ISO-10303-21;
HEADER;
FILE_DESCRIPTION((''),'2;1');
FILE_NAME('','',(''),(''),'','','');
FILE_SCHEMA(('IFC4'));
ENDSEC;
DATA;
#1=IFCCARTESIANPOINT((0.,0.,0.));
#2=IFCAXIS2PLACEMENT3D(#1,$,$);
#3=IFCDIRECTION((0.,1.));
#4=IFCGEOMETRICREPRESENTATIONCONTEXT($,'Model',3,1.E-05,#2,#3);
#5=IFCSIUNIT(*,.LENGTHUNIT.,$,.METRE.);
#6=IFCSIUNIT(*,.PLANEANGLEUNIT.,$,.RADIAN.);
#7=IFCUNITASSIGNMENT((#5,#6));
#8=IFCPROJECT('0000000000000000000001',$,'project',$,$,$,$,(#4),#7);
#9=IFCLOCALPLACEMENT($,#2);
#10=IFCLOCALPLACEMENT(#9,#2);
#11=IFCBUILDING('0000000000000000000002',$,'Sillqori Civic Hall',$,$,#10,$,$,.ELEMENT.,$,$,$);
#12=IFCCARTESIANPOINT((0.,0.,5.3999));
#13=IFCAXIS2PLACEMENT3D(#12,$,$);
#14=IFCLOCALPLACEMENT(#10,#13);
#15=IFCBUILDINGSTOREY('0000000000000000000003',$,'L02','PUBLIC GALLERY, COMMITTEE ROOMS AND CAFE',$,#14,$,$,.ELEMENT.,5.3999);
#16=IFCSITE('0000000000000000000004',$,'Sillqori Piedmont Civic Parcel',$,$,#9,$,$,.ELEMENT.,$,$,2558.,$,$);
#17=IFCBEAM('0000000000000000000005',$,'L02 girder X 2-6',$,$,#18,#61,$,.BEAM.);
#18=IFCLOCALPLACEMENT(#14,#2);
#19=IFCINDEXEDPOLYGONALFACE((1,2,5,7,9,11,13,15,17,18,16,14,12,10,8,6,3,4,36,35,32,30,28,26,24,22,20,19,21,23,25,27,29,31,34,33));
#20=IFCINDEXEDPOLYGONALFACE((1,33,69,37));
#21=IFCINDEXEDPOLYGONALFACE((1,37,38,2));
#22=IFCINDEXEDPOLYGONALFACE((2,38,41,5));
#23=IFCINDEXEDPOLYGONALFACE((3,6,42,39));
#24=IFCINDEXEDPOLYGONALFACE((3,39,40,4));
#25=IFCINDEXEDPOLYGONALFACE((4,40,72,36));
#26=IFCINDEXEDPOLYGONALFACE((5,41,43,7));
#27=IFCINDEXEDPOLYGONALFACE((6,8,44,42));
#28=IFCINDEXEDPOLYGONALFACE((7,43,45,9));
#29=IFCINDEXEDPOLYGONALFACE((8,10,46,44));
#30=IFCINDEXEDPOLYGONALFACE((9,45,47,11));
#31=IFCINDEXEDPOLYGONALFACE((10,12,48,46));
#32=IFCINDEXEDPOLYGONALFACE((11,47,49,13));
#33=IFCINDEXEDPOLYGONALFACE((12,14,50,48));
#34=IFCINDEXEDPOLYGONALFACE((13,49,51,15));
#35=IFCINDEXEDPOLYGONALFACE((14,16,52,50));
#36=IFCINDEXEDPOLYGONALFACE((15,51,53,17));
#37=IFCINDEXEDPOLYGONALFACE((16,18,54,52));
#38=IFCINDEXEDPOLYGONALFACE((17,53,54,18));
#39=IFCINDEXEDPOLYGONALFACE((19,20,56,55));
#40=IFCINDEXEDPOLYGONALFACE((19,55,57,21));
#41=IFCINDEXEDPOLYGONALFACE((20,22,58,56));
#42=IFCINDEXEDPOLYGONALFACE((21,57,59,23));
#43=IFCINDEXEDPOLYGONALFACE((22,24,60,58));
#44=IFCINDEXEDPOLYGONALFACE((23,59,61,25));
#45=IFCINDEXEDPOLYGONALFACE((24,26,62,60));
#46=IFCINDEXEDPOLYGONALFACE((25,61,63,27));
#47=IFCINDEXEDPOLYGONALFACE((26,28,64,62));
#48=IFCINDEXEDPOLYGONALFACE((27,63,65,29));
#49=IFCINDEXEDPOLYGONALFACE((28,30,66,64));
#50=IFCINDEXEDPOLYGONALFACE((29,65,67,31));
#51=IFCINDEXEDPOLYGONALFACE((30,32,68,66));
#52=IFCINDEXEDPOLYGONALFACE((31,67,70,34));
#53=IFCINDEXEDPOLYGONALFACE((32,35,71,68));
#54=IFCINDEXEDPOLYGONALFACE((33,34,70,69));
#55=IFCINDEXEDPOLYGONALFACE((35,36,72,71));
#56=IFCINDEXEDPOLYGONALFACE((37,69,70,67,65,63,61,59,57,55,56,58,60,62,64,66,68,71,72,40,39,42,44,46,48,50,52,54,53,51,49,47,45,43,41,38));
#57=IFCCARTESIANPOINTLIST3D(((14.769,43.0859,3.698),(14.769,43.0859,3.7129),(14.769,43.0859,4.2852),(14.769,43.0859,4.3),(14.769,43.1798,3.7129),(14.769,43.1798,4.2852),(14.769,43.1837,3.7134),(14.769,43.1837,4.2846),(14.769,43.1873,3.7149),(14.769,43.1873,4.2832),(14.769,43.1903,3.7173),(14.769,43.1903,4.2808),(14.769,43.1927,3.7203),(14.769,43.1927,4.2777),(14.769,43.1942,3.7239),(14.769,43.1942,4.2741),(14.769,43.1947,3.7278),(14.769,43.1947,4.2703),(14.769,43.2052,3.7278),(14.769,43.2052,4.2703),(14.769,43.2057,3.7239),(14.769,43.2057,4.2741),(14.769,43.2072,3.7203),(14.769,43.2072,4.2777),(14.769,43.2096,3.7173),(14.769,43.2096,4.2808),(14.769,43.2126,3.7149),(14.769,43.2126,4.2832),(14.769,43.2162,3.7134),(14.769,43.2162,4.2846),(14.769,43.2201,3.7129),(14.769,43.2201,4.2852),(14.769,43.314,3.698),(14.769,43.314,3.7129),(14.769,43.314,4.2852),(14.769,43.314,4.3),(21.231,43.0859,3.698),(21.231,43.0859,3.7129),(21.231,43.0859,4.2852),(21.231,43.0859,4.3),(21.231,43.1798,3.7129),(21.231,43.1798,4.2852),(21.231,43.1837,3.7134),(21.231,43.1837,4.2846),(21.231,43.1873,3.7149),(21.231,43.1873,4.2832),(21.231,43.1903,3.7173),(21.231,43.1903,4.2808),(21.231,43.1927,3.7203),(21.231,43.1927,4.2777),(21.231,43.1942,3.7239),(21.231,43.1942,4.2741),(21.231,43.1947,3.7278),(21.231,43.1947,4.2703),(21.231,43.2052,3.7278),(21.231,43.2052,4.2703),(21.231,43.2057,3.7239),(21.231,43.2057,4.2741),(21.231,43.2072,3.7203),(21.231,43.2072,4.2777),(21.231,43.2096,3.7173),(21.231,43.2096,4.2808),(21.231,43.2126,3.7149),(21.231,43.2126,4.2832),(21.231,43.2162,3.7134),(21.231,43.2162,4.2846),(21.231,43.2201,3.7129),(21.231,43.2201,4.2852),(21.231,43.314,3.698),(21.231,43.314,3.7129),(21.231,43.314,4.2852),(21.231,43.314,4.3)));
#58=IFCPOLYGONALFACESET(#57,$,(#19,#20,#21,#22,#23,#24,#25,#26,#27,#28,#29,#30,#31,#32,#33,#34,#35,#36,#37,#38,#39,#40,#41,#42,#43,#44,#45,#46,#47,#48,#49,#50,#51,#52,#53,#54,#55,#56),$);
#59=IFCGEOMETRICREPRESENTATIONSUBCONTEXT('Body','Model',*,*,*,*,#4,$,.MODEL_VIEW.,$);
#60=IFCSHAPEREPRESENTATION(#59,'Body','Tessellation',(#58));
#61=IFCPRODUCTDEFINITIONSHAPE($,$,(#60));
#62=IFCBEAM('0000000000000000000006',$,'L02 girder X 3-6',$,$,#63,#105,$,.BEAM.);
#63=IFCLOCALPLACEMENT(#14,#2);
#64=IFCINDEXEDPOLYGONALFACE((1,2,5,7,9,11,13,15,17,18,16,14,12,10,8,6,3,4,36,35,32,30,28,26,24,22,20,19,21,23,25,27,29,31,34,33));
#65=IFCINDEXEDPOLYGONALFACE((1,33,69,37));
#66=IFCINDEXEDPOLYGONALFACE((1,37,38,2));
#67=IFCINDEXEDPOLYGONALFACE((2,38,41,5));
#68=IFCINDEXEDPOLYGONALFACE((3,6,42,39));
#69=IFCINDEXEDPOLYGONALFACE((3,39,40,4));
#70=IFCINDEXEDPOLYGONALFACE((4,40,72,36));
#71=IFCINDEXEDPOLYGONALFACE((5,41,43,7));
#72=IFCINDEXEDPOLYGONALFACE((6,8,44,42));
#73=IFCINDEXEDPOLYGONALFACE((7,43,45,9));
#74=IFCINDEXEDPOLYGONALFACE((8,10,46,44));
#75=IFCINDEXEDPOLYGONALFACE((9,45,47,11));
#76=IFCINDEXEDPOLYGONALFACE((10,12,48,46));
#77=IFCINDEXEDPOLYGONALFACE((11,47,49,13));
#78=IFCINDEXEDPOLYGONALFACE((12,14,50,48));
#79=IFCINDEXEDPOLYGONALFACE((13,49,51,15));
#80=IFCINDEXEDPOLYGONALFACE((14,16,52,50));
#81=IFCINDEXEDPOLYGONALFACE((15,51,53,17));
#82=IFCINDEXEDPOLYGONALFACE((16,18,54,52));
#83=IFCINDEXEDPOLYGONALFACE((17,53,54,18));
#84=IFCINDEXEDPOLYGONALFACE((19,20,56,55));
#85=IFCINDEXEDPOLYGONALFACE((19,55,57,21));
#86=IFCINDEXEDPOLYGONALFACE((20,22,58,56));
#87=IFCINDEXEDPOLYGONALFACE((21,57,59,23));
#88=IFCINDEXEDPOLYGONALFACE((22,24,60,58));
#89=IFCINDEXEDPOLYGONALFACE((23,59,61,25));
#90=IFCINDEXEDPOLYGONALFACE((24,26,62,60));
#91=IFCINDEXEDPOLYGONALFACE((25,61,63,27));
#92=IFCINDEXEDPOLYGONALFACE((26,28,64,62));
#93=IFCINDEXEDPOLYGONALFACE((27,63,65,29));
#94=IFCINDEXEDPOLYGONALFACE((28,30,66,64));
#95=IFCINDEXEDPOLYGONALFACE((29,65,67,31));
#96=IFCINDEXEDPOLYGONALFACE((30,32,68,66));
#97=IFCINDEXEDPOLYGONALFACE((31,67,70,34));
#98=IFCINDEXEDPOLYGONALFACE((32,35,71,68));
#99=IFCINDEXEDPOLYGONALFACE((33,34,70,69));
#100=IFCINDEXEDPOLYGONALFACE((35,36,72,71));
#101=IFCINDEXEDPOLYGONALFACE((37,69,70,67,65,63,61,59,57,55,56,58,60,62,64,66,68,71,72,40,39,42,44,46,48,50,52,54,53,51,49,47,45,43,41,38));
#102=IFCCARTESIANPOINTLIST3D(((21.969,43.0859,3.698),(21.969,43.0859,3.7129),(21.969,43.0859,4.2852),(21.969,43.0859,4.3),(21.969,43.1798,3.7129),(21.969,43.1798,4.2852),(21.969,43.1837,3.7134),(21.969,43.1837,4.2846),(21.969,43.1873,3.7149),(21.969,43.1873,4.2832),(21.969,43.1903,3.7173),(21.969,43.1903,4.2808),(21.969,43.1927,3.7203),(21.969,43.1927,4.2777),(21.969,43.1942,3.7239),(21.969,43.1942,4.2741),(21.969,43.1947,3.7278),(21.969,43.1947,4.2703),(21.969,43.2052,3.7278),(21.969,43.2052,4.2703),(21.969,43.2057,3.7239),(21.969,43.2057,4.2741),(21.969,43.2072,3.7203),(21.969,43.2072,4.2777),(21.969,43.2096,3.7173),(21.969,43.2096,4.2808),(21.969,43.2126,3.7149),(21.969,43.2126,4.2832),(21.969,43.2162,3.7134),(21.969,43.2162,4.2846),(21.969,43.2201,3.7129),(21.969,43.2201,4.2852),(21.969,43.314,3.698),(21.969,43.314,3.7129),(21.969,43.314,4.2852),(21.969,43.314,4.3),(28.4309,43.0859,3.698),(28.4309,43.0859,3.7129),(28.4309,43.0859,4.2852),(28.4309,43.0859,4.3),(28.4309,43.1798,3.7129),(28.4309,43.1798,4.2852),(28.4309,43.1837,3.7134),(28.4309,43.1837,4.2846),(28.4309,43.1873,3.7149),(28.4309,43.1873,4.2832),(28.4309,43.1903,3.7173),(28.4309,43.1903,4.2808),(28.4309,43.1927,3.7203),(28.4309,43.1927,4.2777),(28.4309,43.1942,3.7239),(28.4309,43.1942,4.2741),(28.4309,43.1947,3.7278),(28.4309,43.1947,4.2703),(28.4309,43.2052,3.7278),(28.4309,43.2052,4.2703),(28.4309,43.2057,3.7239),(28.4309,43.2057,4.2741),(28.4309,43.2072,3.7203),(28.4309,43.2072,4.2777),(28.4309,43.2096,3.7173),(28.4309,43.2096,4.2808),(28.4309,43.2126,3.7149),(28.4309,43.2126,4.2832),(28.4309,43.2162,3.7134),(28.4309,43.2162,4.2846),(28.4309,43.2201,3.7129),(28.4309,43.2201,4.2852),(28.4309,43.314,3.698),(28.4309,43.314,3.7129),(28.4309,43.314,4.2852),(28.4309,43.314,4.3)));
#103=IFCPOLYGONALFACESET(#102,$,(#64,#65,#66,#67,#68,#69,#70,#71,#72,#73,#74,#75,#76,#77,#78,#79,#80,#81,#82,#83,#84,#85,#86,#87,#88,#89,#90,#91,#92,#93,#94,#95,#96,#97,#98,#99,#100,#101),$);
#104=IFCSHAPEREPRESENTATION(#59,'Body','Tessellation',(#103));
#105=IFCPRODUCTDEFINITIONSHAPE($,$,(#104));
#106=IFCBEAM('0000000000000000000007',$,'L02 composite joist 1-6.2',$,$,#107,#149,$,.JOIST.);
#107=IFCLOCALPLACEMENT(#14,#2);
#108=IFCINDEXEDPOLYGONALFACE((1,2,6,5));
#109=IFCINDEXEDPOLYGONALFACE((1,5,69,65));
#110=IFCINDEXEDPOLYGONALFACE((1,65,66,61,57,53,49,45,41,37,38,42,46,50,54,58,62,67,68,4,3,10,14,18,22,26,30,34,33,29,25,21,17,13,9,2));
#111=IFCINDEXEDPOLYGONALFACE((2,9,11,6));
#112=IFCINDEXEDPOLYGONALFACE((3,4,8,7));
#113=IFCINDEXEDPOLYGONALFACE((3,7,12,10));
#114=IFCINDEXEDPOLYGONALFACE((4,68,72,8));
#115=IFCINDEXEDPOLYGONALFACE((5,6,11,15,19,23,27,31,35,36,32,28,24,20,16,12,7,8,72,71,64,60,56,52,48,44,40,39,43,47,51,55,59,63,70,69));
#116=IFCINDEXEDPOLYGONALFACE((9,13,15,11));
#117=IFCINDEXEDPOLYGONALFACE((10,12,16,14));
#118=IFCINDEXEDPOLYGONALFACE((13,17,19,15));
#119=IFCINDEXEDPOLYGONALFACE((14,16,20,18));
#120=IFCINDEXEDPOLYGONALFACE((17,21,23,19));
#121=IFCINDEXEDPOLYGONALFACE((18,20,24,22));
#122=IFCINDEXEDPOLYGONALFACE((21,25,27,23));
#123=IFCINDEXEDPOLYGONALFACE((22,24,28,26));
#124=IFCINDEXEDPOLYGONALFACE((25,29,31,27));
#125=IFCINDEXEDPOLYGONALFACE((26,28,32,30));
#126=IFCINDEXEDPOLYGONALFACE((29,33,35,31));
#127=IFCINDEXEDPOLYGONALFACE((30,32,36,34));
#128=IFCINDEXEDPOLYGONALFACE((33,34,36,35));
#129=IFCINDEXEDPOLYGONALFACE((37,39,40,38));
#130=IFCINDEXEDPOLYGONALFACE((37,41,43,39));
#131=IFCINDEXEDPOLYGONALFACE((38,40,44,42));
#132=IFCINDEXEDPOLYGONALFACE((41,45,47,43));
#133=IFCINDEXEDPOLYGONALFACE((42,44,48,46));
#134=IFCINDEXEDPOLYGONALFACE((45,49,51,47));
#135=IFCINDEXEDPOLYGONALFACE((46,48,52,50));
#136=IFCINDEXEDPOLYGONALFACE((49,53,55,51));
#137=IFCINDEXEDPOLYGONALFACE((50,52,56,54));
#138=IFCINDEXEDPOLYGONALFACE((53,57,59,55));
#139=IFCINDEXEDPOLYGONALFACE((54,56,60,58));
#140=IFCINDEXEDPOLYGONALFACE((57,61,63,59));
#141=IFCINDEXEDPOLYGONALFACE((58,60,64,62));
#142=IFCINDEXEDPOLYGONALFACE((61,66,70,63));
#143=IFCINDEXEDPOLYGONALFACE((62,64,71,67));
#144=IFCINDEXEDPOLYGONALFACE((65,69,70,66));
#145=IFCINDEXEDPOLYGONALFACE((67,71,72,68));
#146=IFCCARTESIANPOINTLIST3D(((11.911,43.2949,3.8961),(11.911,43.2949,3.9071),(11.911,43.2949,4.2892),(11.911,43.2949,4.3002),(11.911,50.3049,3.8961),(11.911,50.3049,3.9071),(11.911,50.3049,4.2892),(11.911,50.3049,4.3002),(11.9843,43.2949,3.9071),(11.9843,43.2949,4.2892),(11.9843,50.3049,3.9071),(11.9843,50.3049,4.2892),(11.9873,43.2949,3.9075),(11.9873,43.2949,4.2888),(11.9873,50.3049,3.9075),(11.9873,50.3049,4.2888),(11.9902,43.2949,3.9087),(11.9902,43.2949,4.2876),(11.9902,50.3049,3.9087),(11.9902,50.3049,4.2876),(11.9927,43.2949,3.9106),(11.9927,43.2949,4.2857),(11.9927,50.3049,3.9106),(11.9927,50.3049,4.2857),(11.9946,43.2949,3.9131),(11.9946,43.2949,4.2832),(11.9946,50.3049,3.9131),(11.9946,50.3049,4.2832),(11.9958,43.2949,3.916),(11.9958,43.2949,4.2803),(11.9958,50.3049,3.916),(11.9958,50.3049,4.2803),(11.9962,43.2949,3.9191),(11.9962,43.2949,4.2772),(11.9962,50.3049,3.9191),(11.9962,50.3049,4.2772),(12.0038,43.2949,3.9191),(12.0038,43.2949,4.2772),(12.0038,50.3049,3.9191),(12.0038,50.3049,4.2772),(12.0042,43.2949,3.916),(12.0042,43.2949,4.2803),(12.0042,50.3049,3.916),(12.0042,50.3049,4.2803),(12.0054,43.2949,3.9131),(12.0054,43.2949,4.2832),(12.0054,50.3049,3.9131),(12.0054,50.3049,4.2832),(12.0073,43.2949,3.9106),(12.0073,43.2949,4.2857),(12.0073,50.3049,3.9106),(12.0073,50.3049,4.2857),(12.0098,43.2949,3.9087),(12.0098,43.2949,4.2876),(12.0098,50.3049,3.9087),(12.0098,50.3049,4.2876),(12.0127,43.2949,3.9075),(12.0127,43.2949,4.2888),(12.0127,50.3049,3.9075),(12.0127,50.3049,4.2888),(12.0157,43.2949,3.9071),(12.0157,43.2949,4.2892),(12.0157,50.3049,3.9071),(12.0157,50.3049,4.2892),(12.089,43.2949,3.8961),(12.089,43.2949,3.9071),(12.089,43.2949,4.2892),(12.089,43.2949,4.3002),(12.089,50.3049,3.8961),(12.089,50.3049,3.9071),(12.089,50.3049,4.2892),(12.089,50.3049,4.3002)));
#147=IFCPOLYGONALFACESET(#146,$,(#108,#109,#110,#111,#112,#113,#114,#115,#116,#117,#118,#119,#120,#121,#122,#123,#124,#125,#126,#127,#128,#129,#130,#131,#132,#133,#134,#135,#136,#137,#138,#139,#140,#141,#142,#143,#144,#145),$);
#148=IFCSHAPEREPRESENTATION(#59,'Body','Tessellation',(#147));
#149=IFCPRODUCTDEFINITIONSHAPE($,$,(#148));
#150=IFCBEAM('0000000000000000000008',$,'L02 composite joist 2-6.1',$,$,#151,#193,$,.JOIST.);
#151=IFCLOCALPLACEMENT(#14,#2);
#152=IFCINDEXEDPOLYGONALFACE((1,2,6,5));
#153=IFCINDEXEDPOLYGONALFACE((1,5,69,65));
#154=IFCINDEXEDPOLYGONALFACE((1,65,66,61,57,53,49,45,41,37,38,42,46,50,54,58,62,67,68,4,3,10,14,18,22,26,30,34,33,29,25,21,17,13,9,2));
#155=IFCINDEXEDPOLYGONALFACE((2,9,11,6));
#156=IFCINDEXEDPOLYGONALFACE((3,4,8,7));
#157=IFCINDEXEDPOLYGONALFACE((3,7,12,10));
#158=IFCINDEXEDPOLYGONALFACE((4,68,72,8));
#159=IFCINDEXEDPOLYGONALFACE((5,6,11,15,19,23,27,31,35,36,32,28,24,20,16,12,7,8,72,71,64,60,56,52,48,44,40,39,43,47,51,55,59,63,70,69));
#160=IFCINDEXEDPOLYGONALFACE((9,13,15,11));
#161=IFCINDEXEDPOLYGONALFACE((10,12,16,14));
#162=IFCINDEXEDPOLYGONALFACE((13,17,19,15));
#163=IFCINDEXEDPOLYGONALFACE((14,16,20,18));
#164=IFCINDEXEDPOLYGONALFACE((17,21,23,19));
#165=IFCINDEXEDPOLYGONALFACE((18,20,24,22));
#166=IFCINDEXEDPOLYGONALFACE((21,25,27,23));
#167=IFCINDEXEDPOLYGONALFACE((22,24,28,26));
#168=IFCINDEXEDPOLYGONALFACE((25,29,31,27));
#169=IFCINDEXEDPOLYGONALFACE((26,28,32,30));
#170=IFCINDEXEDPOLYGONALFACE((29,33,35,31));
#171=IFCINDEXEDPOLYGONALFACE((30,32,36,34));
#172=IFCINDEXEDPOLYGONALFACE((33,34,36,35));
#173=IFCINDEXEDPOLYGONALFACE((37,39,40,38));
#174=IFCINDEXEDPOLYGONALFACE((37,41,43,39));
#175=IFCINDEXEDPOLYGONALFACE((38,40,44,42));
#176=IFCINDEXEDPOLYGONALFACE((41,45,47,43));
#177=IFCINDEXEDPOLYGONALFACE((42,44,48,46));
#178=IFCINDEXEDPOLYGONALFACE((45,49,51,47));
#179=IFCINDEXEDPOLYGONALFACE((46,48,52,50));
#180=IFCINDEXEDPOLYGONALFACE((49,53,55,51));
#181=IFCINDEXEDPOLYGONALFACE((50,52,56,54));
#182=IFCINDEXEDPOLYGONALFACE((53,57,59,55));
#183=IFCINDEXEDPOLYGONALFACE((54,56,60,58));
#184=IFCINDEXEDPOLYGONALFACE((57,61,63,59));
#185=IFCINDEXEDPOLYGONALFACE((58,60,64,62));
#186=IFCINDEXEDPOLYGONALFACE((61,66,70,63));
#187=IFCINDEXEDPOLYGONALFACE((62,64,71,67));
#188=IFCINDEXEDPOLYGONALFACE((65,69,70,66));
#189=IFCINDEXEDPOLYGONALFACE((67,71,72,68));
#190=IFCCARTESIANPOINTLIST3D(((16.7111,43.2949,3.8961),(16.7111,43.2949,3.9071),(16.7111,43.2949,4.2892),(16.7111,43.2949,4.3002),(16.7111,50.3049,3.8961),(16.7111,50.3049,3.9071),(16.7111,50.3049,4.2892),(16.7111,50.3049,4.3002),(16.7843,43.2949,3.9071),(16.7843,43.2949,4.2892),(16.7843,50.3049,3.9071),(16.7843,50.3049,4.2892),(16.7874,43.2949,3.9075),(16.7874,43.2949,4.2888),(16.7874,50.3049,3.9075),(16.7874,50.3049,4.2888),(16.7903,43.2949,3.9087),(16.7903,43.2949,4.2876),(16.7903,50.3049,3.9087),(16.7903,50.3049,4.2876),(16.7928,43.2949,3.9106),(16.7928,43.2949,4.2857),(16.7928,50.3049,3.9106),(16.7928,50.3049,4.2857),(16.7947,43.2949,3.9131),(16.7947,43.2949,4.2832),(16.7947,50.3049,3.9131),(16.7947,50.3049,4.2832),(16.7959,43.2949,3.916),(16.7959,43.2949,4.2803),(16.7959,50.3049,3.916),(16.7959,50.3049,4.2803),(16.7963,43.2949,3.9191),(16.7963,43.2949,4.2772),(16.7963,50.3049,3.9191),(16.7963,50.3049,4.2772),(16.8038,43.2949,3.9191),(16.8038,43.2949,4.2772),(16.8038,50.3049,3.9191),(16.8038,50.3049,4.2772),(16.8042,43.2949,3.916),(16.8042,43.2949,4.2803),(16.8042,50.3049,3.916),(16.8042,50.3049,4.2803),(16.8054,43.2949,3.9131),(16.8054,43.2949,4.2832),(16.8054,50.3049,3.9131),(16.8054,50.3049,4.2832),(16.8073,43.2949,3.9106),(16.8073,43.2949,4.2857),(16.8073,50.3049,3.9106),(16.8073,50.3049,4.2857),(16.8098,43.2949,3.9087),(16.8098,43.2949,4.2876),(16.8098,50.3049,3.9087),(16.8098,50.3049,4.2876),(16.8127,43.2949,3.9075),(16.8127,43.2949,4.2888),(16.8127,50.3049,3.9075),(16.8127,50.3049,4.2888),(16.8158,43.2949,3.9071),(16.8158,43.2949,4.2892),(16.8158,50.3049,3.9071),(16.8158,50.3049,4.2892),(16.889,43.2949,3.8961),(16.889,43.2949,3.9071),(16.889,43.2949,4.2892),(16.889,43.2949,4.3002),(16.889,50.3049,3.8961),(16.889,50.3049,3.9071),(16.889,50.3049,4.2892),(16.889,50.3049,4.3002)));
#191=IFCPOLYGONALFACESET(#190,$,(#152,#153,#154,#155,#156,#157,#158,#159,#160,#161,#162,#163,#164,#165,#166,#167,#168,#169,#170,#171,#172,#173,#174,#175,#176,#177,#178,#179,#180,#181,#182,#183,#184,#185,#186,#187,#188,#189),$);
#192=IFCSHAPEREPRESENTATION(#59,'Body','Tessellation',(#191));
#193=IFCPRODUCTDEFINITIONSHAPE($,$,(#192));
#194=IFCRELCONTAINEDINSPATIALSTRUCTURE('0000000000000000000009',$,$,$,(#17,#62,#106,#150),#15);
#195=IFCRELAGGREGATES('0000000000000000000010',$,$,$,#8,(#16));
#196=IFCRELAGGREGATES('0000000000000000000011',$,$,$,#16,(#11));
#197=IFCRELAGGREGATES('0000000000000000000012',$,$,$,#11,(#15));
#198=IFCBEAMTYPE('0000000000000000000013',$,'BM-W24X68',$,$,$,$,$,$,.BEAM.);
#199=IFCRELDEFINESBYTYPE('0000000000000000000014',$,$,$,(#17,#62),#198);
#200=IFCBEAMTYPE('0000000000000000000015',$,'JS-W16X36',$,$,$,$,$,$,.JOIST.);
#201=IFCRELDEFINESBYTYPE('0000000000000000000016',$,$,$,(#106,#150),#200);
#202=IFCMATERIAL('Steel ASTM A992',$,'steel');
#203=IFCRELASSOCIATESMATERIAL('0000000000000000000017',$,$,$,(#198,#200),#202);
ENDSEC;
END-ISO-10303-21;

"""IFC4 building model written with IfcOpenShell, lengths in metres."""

from ifc_helpers import new_model, si_unit, direction, frame, origin, origin_2d, place, context, subcontext, project, spatial, i_section, extrude, material, material_profile, profile_set, type_object, element, save


model = new_model("IFC4")

# Units and contexts
model_context = context("Model", 3, precision=1e-05, world=origin(), true_north=direction((0.0, 1.0)))
body_context = subcontext(model_context, "Body", "Model", "MODEL_VIEW")
ifc_project = project(units=[si_unit("LENGTHUNIT", "METRE"), si_unit("PLANEANGLEUNIT", "RADIAN")], contexts=[model_context])

# Site, building, storey
site_placement = place(None, origin())
site = spatial("IfcSite", under=ifc_project, at=site_placement, Name="Sillqori Piedmont Civic Parcel", CompositionType="ELEMENT", RefElevation=2558.0)
building_placement = place(site_placement, origin())
building = spatial("IfcBuilding", under=site, at=building_placement, Name="Sillqori Civic Hall", CompositionType="ELEMENT")
storey_placement = place(building_placement, frame((0.0, 0.0, 5.3999)))
storey = spatial("IfcBuildingStorey", under=building, at=storey_placement, Name="L02", Description="PUBLIC GALLERY, COMMITTEE ROOMS AND CAFE", CompositionType="ELEMENT", Elevation=5.3999)

# Beams
ifc_material_1 = material(Name="Steel ASTM A992", Category="steel")
ifc_material_profile_1 = material_profile(ifc_material_1, i_section(OverallWidth=0.228, OverallDepth=0.6021, WebThickness=0.0105, FlangeThickness=0.0149, FilletRadius=0.0149, at=origin_2d()), Name="W24X68")
ifc_profile_set_1 = profile_set([ifc_material_profile_1], Name="Steel ASTM A992")
beam_type_1 = type_object("IfcBeamType", Name="BM-W24X68", PredefinedType="BEAM", material=ifc_profile_set_1)
for number, where, z_axis, x_axis, name in (
    (1, (14.769, 43.2, 3.999), (1.0, 0.0, 0.0), (0.0, 1.0, 0.0), "L02 girder X 2-6"),
    (2, (21.969, 43.2, 3.999), (1.0, 0.0, 0.0), (0.0, 1.0, 0.0), "L02 girder X 3-6"),
):
    element("IfcBeam", number, at=place(storey_placement, frame(where, z_axis=z_axis, x_axis=x_axis)), inside=storey, type_object=beam_type_1, Name=name, PredefinedType="BEAM", context=body_context, shape_type="SweptSolid", body=[
        extrude(i_section(OverallWidth=0.228, OverallDepth=0.6021, WebThickness=0.0105, FlangeThickness=0.0149, FilletRadius=0.0149, at=origin_2d()), origin(), (0.0, 0.0, 1.0), 6.4619),
    ])
ifc_material_profile_2 = material_profile(ifc_material_1, i_section(OverallWidth=0.178, OverallDepth=0.4041, WebThickness=0.0076, FlangeThickness=0.011, FilletRadius=0.012, at=origin_2d()), Name="W16X36")
ifc_profile_set_2 = profile_set([ifc_material_profile_2], Name="Steel ASTM A992")
beam_type_2 = type_object("IfcBeamType", Name="JS-W16X36", PredefinedType="JOIST", material=ifc_profile_set_2)
for number, where, z_axis, x_axis, name in (
    (3, (12.0, 43.2949, 4.0981), (0.0, 1.0, 0.0), (-1.0, 0.0, 0.0), "L02 composite joist 1-6.2"),
    (4, (16.8, 43.2949, 4.0981), (0.0, 1.0, 0.0), (-1.0, 0.0, 0.0), "L02 composite joist 2-6.1"),
):
    element("IfcBeam", number, at=place(storey_placement, frame(where, z_axis=z_axis, x_axis=x_axis)), inside=storey, type_object=beam_type_2, Name=name, PredefinedType="JOIST", context=body_context, shape_type="SweptSolid", body=[
        extrude(i_section(OverallWidth=0.178, OverallDepth=0.4041, WebThickness=0.0076, FlangeThickness=0.011, FilletRadius=0.012, at=origin_2d()), origin(), (0.0, 0.0, 1.0), 7.01),
    ])

save(model, "model.ifc")
